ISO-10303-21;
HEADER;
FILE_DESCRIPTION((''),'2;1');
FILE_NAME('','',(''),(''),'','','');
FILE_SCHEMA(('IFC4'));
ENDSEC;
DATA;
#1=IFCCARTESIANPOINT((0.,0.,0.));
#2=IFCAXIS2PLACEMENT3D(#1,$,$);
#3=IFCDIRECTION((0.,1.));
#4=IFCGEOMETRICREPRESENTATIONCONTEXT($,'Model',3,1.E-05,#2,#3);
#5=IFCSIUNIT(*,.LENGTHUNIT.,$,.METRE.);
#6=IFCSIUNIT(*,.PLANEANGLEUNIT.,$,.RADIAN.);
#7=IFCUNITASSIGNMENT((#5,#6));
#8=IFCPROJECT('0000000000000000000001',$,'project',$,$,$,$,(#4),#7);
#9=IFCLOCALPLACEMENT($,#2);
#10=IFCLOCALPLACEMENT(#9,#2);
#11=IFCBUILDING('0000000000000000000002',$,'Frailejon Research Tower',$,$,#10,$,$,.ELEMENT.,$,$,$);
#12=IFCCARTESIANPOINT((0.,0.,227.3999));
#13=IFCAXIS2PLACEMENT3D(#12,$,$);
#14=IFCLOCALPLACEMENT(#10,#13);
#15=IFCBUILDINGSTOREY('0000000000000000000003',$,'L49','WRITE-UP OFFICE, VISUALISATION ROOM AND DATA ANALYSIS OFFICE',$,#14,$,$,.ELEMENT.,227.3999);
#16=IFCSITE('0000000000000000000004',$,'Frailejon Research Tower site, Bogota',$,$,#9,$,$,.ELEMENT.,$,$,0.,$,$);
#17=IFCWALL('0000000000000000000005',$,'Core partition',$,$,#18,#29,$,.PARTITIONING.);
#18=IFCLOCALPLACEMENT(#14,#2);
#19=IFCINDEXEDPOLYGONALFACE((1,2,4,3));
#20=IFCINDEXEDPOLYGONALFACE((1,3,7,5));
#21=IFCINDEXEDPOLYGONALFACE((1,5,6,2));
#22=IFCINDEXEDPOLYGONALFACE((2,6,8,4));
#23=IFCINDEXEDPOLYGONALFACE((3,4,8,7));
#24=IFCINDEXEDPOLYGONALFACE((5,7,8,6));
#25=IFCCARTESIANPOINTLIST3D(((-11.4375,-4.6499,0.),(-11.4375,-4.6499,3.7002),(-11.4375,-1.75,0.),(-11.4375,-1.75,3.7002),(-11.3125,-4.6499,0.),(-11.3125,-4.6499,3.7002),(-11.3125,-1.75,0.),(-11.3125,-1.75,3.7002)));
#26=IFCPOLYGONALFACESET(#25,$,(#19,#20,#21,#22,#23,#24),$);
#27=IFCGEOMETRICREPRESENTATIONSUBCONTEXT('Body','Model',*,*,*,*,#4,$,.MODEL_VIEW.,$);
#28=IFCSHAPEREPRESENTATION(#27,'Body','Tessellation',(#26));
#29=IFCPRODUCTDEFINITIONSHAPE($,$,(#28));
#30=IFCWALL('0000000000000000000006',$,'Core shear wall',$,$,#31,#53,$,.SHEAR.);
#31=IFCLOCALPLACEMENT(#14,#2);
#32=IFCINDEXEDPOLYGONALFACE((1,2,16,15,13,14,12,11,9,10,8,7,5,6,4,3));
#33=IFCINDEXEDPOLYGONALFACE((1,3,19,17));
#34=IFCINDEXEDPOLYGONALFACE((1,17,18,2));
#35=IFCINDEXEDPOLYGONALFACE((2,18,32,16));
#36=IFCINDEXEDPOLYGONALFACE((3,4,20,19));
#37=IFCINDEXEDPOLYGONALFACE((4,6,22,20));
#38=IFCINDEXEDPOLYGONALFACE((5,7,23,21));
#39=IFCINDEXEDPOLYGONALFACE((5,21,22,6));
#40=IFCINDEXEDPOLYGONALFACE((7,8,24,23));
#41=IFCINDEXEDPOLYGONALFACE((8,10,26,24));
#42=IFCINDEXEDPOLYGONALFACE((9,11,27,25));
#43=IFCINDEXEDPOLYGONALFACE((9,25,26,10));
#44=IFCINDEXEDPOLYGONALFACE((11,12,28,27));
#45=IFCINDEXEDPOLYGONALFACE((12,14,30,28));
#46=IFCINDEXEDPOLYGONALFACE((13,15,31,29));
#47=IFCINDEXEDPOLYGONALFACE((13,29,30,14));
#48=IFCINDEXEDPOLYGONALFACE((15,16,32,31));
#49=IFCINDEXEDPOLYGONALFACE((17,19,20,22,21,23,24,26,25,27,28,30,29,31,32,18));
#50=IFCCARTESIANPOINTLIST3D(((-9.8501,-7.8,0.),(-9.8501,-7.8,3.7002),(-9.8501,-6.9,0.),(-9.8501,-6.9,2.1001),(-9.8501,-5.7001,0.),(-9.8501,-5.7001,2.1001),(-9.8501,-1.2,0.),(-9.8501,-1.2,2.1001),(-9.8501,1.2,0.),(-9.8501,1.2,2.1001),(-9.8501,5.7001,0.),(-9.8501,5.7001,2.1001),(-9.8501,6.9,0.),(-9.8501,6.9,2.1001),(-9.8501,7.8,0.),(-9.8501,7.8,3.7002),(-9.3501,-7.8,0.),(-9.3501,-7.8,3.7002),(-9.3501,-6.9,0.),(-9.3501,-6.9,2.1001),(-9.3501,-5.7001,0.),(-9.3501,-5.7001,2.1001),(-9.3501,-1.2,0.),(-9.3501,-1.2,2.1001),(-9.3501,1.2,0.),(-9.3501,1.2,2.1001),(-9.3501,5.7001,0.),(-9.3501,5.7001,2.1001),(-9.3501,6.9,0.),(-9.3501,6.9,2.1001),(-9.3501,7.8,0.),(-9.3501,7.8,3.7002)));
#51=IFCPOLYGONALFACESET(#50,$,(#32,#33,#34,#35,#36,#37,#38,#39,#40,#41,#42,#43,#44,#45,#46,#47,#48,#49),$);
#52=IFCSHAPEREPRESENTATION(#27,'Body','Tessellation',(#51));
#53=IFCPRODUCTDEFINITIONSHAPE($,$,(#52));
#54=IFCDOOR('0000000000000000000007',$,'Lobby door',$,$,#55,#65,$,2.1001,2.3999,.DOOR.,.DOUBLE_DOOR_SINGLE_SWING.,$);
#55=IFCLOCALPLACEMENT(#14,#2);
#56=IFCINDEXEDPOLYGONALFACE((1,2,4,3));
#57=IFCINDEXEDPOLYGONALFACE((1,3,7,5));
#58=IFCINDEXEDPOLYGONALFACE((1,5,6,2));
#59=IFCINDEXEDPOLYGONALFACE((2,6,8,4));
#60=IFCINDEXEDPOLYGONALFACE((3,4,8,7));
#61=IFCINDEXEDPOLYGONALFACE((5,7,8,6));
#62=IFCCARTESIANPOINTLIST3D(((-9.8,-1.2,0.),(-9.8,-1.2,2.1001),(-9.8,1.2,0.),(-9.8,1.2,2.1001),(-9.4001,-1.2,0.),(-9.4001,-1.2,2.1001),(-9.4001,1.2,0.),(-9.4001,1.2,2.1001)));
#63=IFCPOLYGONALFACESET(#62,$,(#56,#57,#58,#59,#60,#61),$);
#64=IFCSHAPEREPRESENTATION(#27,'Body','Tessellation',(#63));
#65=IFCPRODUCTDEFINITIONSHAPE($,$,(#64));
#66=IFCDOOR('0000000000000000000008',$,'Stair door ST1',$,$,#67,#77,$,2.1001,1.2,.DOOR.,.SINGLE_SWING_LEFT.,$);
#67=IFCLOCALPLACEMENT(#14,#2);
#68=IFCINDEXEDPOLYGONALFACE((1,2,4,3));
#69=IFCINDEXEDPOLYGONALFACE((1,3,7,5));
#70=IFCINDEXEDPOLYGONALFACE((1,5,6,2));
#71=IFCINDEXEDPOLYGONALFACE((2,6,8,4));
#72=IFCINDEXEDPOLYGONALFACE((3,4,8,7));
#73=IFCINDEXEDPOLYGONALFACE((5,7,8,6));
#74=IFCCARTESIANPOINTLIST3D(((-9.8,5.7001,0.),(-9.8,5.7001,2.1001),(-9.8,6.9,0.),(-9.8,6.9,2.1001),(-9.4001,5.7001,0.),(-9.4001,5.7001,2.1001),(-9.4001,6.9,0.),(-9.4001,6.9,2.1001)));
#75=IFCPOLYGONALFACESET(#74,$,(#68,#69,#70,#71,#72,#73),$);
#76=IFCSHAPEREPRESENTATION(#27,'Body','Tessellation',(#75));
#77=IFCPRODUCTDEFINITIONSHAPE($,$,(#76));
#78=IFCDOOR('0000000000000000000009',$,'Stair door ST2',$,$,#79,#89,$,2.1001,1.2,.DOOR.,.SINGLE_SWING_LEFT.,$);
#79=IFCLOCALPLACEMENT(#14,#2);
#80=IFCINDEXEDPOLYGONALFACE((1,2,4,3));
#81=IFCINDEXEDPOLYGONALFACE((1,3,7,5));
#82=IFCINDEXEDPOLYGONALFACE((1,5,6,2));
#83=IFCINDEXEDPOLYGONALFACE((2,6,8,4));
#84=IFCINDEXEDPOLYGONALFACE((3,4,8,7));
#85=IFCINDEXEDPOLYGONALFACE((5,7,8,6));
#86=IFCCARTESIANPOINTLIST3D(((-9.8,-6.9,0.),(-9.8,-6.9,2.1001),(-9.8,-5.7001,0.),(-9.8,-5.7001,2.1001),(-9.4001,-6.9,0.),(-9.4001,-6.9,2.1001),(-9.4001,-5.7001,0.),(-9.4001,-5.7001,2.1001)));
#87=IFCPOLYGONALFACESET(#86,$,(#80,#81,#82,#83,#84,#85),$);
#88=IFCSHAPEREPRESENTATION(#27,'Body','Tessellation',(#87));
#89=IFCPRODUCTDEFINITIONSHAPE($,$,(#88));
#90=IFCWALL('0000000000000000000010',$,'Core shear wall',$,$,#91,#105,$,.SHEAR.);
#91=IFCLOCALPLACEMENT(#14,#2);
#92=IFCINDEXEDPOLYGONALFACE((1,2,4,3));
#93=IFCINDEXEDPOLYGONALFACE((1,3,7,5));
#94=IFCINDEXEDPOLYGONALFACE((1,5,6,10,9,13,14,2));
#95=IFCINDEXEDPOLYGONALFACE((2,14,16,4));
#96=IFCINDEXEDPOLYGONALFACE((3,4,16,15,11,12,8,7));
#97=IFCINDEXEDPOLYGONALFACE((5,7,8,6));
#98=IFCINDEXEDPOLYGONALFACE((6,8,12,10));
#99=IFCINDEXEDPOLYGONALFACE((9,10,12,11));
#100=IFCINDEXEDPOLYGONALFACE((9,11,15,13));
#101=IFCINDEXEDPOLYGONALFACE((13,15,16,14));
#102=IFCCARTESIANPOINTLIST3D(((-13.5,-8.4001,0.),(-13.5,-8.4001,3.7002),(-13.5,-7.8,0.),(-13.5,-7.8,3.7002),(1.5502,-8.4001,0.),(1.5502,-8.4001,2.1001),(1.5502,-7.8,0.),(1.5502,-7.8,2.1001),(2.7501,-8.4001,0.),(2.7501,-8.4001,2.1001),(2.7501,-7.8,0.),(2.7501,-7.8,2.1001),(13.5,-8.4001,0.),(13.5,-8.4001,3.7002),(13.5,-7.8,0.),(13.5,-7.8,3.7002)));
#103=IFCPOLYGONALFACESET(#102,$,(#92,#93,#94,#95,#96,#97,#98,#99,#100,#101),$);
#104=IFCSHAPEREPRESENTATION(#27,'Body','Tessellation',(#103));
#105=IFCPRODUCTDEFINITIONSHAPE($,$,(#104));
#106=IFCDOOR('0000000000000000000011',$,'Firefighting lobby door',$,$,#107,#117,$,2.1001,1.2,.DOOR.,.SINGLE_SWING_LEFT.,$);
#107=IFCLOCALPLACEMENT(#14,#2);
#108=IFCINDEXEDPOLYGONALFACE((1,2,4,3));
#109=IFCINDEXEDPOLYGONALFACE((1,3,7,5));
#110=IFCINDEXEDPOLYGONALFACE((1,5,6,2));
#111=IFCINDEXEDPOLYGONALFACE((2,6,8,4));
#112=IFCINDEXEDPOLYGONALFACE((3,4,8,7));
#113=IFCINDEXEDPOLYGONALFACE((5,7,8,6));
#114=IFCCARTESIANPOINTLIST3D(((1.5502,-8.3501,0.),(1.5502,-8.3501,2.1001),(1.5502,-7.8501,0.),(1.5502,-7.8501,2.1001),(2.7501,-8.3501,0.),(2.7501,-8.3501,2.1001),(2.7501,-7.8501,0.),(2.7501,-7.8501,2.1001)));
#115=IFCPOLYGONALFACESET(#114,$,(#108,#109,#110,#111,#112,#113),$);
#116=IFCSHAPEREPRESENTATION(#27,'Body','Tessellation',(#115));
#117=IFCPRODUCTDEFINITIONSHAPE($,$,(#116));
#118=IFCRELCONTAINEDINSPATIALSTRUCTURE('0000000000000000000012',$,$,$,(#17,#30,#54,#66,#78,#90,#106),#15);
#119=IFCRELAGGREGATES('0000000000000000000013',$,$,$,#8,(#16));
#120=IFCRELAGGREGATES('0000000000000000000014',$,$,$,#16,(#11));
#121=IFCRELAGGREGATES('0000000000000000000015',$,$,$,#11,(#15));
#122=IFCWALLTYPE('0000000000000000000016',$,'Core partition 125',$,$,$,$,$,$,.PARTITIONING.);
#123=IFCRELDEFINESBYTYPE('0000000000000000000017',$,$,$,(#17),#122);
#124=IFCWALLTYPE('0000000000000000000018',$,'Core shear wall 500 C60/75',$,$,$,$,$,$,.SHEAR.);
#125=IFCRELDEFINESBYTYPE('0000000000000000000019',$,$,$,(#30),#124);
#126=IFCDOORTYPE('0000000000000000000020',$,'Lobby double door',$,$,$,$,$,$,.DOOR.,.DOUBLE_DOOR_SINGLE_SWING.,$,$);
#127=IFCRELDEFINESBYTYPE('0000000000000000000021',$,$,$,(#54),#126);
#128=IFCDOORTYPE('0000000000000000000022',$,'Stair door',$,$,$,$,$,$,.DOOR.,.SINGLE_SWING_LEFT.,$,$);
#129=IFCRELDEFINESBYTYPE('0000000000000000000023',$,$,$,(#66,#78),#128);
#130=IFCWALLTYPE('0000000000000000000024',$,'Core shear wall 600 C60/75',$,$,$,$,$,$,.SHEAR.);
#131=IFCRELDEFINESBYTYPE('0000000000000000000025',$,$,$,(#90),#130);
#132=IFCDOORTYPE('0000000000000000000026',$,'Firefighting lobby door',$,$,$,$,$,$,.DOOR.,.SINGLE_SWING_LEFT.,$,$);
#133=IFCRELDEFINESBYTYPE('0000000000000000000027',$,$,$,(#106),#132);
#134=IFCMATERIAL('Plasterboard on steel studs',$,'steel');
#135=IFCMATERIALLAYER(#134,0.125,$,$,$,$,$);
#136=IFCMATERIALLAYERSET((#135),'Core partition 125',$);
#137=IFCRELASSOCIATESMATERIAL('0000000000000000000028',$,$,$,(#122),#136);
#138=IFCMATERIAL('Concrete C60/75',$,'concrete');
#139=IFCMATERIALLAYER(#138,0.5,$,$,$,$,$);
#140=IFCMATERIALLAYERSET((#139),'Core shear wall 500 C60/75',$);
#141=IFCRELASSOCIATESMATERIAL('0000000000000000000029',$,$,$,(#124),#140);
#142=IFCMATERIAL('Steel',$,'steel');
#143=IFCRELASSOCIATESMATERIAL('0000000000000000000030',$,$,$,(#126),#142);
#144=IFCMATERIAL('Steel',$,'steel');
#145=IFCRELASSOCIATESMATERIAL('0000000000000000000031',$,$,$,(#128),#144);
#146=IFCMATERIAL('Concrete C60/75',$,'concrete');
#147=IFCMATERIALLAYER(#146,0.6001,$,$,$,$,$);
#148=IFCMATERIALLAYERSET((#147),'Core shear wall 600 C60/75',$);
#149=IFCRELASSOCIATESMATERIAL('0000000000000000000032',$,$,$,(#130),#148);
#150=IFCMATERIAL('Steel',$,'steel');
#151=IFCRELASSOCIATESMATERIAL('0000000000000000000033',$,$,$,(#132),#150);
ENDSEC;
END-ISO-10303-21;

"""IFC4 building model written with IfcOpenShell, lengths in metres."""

from ifc_helpers import new_model, si_unit, direction, frame, frame_2d, origin, place, context, subcontext, project, spatial, rectangle, extrude, material, layer, layer_set, type_object, element, fill, save


model = new_model("IFC4")

# Units and contexts
model_context = context("Model", 3, precision=1e-05, world=origin(), true_north=direction((0.0, 1.0)))
body_context = subcontext(model_context, "Body", "Model", "MODEL_VIEW")
ifc_project = project(units=[si_unit("LENGTHUNIT", "METRE"), si_unit("PLANEANGLEUNIT", "RADIAN")], contexts=[model_context])

# Site, building, storey
site_placement = place(None, origin())
site = spatial("IfcSite", under=ifc_project, at=site_placement, Name="Frailejon Research Tower site, Bogota", CompositionType="ELEMENT", RefElevation=0.0)
building_placement = place(site_placement, origin())
building = spatial("IfcBuilding", under=site, at=building_placement, Name="Frailejon Research Tower", CompositionType="ELEMENT")
storey_placement = place(building_placement, frame((0.0, 0.0, 227.3999)))
storey = spatial("IfcBuildingStorey", under=building, at=storey_placement, Name="L49", Description="WRITE-UP OFFICE, VISUALISATION ROOM AND DATA ANALYSIS OFFICE", CompositionType="ELEMENT", Elevation=227.3999)

# Wall
ifc_material_1 = material(Name="Plasterboard on steel studs", Category="steel")
ifc_layer_1 = layer(ifc_material_1, 0.125)
ifc_layer_set_1 = layer_set([ifc_layer_1], Name="Core partition 125")
wall_type_1 = type_object("IfcWallType", Name="Core partition 125", PredefinedType="PARTITIONING", material=ifc_layer_set_1)
wall_1_placement = place(storey_placement, frame((-11.375, -4.6499, 0.0), z_axis=(0.0, 0.0, 1.0), x_axis=(0.0, 1.0, 0.0)))
element("IfcWall", 1, at=wall_1_placement, inside=storey, type_object=wall_type_1, Name="Core partition", PredefinedType="PARTITIONING", context=body_context, shape_type="SweptSolid", body=[
    extrude(rectangle(XDim=2.8999, YDim=0.125, at=frame_2d((1.45, 0.0))), origin(), (0.0, 0.0, 1.0), 3.7002),
])

# Wall, openings, doors
ifc_material_2 = material(Name="Concrete C60/75", Category="concrete")
ifc_layer_2 = layer(ifc_material_2, 0.5)
ifc_layer_set_2 = layer_set([ifc_layer_2], Name="Core shear wall 500 C60/75")
wall_type_2 = type_object("IfcWallType", Name="Core shear wall 500 C60/75", PredefinedType="SHEAR", material=ifc_layer_set_2)
wall_2_placement = place(storey_placement, frame((-9.6001, -7.8, 0.0), z_axis=(0.0, 0.0, 1.0), x_axis=(0.0, 1.0, 0.0)))
wall_2 = element("IfcWall", 2, at=wall_2_placement, inside=storey, type_object=wall_type_2, Name="Core shear wall", PredefinedType="SHEAR", context=body_context, shape_type="SweptSolid", body=[
    extrude(rectangle(XDim=15.6001, YDim=0.5, at=frame_2d((7.8, 0.0))), origin(), (0.0, 0.0, 1.0), 3.7002),
])
opening_1_placement = place(wall_2_placement, frame((6.6001, 0.0, 0.0)))
opening_1 = element("IfcOpeningElement", 3, at=opening_1_placement, cuts=wall_2, PredefinedType="OPENING", context=body_context, shape_type="SweptSolid", body=[
    extrude(rectangle(XDim=2.3999, YDim=2.1001, at=frame_2d((1.2, 1.05))), frame((0.0, 0.26, 0.0), z_axis=(0.0, -1.0, 0.0), x_axis=(1.0, 0.0, 0.0)), (0.0, 0.0, 1.0), 0.52),
])
opening_2_placement = place(wall_2_placement, frame((13.5, 0.0, 0.0)))
opening_2 = element("IfcOpeningElement", 4, at=opening_2_placement, cuts=wall_2, PredefinedType="OPENING", context=body_context, shape_type="SweptSolid", body=[
    extrude(rectangle(XDim=1.2, YDim=2.1001, at=frame_2d((0.6001, 1.05))), frame((0.0, 0.26, 0.0), z_axis=(0.0, -1.0, 0.0), x_axis=(1.0, 0.0, 0.0)), (0.0, 0.0, 1.0), 0.52),
])
opening_3_placement = place(wall_2_placement, frame((0.8999, 0.0, 0.0)))
opening_3 = element("IfcOpeningElement", 5, at=opening_3_placement, cuts=wall_2, PredefinedType="OPENING", context=body_context, shape_type="SweptSolid", body=[
    extrude(rectangle(XDim=1.2, YDim=2.1001, at=frame_2d((0.6001, 1.05))), frame((0.0, 0.26, 0.0), z_axis=(0.0, -1.0, 0.0), x_axis=(1.0, 0.0, 0.0)), (0.0, 0.0, 1.0), 0.52),
])
ifc_material_3 = material(Name="Steel", Category="steel")
door_type_1 = type_object("IfcDoorType", Name="Lobby double door", OperationType="DOUBLE_DOOR_SINGLE_SWING", PredefinedType="DOOR", material=ifc_material_3)
door_1_placement = place(opening_1_placement, origin())
door_1 = element("IfcDoor", 6, at=door_1_placement, inside=storey, type_object=door_type_1, Name="Lobby door", OperationType="DOUBLE_DOOR_SINGLE_SWING", OverallHeight=2.1001, OverallWidth=2.3999, PredefinedType="DOOR", context=body_context, shape_type="SweptSolid", body=[
    extrude(rectangle(XDim=2.3999, YDim=2.1001, at=frame_2d((1.2, 1.05))), frame((0.0, 0.2, 0.0), z_axis=(0.0, -1.0, 0.0), x_axis=(1.0, 0.0, 0.0)), (0.0, 0.0, 1.0), 0.3999),
])
fill(opening_1, door_1)
ifc_material_4 = material(Name="Steel", Category="steel")
door_type_2 = type_object("IfcDoorType", Name="Stair door", OperationType="SINGLE_SWING_LEFT", PredefinedType="DOOR", material=ifc_material_4)
door_2_placement = place(opening_2_placement, origin())
door_2 = element("IfcDoor", 7, at=door_2_placement, inside=storey, type_object=door_type_2, Name="Stair door ST1", OperationType="SINGLE_SWING_LEFT", OverallHeight=2.1001, OverallWidth=1.2, PredefinedType="DOOR", context=body_context, shape_type="SweptSolid", body=[
    extrude(rectangle(XDim=1.2, YDim=2.1001, at=frame_2d((0.6001, 1.05))), frame((0.0, 0.2, 0.0), z_axis=(0.0, -1.0, 0.0), x_axis=(1.0, 0.0, 0.0)), (0.0, 0.0, 1.0), 0.3999),
])
fill(opening_2, door_2)
door_3_placement = place(opening_3_placement, origin())
door_3 = element("IfcDoor", 8, at=door_3_placement, inside=storey, type_object=door_type_2, Name="Stair door ST2", OperationType="SINGLE_SWING_LEFT", OverallHeight=2.1001, OverallWidth=1.2, PredefinedType="DOOR", context=body_context, shape_type="SweptSolid", body=[
    extrude(rectangle(XDim=1.2, YDim=2.1001, at=frame_2d((0.6001, 1.05))), frame((0.0, 0.2, 0.0), z_axis=(0.0, -1.0, 0.0), x_axis=(1.0, 0.0, 0.0)), (0.0, 0.0, 1.0), 0.3999),
])
fill(opening_3, door_3)

# Wall, opening, door
ifc_material_5 = material(Name="Concrete C60/75", Category="concrete")
ifc_layer_3 = layer(ifc_material_5, 0.6001)
ifc_layer_set_3 = layer_set([ifc_layer_3], Name="Core shear wall 600 C60/75")
wall_type_3 = type_object("IfcWallType", Name="Core shear wall 600 C60/75", PredefinedType="SHEAR", material=ifc_layer_set_3)
wall_3_placement = place(storey_placement, frame((-13.5, -8.1001, 0.0), z_axis=(0.0, 0.0, 1.0), x_axis=(1.0, 0.0, 0.0)))
wall_3 = element("IfcWall", 9, at=wall_3_placement, inside=storey, type_object=wall_type_3, Name="Core shear wall", PredefinedType="SHEAR", context=body_context, shape_type="SweptSolid", body=[
    extrude(rectangle(XDim=27.0, YDim=0.6001, at=frame_2d((13.5, 0.0))), origin(), (0.0, 0.0, 1.0), 3.7002),
])
opening_4_placement = place(wall_3_placement, frame((15.05, 0.0, 0.0)))
opening_4 = element("IfcOpeningElement", 10, at=opening_4_placement, cuts=wall_3, PredefinedType="OPENING", context=body_context, shape_type="SweptSolid", body=[
    extrude(rectangle(XDim=1.2, YDim=2.1001, at=frame_2d((0.6001, 1.05))), frame((0.0, 0.3101, 0.0), z_axis=(0.0, -1.0, 0.0), x_axis=(1.0, 0.0, 0.0)), (0.0, 0.0, 1.0), 0.6201),
])
ifc_material_6 = material(Name="Steel", Category="steel")
door_type_3 = type_object("IfcDoorType", Name="Firefighting lobby door", OperationType="SINGLE_SWING_LEFT", PredefinedType="DOOR", material=ifc_material_6)
door_4_placement = place(opening_4_placement, origin())
door_4 = element("IfcDoor", 11, at=door_4_placement, inside=storey, type_object=door_type_3, Name="Firefighting lobby door", OperationType="SINGLE_SWING_LEFT", OverallHeight=2.1001, OverallWidth=1.2, PredefinedType="DOOR", context=body_context, shape_type="SweptSolid", body=[
    extrude(rectangle(XDim=1.2, YDim=2.1001, at=frame_2d((0.6001, 1.05))), frame((0.0, 0.25, 0.0), z_axis=(0.0, -1.0, 0.0), x_axis=(1.0, 0.0, 0.0)), (0.0, 0.0, 1.0), 0.5),
])
fill(opening_4, door_4)

save(model, "model.ifc")
